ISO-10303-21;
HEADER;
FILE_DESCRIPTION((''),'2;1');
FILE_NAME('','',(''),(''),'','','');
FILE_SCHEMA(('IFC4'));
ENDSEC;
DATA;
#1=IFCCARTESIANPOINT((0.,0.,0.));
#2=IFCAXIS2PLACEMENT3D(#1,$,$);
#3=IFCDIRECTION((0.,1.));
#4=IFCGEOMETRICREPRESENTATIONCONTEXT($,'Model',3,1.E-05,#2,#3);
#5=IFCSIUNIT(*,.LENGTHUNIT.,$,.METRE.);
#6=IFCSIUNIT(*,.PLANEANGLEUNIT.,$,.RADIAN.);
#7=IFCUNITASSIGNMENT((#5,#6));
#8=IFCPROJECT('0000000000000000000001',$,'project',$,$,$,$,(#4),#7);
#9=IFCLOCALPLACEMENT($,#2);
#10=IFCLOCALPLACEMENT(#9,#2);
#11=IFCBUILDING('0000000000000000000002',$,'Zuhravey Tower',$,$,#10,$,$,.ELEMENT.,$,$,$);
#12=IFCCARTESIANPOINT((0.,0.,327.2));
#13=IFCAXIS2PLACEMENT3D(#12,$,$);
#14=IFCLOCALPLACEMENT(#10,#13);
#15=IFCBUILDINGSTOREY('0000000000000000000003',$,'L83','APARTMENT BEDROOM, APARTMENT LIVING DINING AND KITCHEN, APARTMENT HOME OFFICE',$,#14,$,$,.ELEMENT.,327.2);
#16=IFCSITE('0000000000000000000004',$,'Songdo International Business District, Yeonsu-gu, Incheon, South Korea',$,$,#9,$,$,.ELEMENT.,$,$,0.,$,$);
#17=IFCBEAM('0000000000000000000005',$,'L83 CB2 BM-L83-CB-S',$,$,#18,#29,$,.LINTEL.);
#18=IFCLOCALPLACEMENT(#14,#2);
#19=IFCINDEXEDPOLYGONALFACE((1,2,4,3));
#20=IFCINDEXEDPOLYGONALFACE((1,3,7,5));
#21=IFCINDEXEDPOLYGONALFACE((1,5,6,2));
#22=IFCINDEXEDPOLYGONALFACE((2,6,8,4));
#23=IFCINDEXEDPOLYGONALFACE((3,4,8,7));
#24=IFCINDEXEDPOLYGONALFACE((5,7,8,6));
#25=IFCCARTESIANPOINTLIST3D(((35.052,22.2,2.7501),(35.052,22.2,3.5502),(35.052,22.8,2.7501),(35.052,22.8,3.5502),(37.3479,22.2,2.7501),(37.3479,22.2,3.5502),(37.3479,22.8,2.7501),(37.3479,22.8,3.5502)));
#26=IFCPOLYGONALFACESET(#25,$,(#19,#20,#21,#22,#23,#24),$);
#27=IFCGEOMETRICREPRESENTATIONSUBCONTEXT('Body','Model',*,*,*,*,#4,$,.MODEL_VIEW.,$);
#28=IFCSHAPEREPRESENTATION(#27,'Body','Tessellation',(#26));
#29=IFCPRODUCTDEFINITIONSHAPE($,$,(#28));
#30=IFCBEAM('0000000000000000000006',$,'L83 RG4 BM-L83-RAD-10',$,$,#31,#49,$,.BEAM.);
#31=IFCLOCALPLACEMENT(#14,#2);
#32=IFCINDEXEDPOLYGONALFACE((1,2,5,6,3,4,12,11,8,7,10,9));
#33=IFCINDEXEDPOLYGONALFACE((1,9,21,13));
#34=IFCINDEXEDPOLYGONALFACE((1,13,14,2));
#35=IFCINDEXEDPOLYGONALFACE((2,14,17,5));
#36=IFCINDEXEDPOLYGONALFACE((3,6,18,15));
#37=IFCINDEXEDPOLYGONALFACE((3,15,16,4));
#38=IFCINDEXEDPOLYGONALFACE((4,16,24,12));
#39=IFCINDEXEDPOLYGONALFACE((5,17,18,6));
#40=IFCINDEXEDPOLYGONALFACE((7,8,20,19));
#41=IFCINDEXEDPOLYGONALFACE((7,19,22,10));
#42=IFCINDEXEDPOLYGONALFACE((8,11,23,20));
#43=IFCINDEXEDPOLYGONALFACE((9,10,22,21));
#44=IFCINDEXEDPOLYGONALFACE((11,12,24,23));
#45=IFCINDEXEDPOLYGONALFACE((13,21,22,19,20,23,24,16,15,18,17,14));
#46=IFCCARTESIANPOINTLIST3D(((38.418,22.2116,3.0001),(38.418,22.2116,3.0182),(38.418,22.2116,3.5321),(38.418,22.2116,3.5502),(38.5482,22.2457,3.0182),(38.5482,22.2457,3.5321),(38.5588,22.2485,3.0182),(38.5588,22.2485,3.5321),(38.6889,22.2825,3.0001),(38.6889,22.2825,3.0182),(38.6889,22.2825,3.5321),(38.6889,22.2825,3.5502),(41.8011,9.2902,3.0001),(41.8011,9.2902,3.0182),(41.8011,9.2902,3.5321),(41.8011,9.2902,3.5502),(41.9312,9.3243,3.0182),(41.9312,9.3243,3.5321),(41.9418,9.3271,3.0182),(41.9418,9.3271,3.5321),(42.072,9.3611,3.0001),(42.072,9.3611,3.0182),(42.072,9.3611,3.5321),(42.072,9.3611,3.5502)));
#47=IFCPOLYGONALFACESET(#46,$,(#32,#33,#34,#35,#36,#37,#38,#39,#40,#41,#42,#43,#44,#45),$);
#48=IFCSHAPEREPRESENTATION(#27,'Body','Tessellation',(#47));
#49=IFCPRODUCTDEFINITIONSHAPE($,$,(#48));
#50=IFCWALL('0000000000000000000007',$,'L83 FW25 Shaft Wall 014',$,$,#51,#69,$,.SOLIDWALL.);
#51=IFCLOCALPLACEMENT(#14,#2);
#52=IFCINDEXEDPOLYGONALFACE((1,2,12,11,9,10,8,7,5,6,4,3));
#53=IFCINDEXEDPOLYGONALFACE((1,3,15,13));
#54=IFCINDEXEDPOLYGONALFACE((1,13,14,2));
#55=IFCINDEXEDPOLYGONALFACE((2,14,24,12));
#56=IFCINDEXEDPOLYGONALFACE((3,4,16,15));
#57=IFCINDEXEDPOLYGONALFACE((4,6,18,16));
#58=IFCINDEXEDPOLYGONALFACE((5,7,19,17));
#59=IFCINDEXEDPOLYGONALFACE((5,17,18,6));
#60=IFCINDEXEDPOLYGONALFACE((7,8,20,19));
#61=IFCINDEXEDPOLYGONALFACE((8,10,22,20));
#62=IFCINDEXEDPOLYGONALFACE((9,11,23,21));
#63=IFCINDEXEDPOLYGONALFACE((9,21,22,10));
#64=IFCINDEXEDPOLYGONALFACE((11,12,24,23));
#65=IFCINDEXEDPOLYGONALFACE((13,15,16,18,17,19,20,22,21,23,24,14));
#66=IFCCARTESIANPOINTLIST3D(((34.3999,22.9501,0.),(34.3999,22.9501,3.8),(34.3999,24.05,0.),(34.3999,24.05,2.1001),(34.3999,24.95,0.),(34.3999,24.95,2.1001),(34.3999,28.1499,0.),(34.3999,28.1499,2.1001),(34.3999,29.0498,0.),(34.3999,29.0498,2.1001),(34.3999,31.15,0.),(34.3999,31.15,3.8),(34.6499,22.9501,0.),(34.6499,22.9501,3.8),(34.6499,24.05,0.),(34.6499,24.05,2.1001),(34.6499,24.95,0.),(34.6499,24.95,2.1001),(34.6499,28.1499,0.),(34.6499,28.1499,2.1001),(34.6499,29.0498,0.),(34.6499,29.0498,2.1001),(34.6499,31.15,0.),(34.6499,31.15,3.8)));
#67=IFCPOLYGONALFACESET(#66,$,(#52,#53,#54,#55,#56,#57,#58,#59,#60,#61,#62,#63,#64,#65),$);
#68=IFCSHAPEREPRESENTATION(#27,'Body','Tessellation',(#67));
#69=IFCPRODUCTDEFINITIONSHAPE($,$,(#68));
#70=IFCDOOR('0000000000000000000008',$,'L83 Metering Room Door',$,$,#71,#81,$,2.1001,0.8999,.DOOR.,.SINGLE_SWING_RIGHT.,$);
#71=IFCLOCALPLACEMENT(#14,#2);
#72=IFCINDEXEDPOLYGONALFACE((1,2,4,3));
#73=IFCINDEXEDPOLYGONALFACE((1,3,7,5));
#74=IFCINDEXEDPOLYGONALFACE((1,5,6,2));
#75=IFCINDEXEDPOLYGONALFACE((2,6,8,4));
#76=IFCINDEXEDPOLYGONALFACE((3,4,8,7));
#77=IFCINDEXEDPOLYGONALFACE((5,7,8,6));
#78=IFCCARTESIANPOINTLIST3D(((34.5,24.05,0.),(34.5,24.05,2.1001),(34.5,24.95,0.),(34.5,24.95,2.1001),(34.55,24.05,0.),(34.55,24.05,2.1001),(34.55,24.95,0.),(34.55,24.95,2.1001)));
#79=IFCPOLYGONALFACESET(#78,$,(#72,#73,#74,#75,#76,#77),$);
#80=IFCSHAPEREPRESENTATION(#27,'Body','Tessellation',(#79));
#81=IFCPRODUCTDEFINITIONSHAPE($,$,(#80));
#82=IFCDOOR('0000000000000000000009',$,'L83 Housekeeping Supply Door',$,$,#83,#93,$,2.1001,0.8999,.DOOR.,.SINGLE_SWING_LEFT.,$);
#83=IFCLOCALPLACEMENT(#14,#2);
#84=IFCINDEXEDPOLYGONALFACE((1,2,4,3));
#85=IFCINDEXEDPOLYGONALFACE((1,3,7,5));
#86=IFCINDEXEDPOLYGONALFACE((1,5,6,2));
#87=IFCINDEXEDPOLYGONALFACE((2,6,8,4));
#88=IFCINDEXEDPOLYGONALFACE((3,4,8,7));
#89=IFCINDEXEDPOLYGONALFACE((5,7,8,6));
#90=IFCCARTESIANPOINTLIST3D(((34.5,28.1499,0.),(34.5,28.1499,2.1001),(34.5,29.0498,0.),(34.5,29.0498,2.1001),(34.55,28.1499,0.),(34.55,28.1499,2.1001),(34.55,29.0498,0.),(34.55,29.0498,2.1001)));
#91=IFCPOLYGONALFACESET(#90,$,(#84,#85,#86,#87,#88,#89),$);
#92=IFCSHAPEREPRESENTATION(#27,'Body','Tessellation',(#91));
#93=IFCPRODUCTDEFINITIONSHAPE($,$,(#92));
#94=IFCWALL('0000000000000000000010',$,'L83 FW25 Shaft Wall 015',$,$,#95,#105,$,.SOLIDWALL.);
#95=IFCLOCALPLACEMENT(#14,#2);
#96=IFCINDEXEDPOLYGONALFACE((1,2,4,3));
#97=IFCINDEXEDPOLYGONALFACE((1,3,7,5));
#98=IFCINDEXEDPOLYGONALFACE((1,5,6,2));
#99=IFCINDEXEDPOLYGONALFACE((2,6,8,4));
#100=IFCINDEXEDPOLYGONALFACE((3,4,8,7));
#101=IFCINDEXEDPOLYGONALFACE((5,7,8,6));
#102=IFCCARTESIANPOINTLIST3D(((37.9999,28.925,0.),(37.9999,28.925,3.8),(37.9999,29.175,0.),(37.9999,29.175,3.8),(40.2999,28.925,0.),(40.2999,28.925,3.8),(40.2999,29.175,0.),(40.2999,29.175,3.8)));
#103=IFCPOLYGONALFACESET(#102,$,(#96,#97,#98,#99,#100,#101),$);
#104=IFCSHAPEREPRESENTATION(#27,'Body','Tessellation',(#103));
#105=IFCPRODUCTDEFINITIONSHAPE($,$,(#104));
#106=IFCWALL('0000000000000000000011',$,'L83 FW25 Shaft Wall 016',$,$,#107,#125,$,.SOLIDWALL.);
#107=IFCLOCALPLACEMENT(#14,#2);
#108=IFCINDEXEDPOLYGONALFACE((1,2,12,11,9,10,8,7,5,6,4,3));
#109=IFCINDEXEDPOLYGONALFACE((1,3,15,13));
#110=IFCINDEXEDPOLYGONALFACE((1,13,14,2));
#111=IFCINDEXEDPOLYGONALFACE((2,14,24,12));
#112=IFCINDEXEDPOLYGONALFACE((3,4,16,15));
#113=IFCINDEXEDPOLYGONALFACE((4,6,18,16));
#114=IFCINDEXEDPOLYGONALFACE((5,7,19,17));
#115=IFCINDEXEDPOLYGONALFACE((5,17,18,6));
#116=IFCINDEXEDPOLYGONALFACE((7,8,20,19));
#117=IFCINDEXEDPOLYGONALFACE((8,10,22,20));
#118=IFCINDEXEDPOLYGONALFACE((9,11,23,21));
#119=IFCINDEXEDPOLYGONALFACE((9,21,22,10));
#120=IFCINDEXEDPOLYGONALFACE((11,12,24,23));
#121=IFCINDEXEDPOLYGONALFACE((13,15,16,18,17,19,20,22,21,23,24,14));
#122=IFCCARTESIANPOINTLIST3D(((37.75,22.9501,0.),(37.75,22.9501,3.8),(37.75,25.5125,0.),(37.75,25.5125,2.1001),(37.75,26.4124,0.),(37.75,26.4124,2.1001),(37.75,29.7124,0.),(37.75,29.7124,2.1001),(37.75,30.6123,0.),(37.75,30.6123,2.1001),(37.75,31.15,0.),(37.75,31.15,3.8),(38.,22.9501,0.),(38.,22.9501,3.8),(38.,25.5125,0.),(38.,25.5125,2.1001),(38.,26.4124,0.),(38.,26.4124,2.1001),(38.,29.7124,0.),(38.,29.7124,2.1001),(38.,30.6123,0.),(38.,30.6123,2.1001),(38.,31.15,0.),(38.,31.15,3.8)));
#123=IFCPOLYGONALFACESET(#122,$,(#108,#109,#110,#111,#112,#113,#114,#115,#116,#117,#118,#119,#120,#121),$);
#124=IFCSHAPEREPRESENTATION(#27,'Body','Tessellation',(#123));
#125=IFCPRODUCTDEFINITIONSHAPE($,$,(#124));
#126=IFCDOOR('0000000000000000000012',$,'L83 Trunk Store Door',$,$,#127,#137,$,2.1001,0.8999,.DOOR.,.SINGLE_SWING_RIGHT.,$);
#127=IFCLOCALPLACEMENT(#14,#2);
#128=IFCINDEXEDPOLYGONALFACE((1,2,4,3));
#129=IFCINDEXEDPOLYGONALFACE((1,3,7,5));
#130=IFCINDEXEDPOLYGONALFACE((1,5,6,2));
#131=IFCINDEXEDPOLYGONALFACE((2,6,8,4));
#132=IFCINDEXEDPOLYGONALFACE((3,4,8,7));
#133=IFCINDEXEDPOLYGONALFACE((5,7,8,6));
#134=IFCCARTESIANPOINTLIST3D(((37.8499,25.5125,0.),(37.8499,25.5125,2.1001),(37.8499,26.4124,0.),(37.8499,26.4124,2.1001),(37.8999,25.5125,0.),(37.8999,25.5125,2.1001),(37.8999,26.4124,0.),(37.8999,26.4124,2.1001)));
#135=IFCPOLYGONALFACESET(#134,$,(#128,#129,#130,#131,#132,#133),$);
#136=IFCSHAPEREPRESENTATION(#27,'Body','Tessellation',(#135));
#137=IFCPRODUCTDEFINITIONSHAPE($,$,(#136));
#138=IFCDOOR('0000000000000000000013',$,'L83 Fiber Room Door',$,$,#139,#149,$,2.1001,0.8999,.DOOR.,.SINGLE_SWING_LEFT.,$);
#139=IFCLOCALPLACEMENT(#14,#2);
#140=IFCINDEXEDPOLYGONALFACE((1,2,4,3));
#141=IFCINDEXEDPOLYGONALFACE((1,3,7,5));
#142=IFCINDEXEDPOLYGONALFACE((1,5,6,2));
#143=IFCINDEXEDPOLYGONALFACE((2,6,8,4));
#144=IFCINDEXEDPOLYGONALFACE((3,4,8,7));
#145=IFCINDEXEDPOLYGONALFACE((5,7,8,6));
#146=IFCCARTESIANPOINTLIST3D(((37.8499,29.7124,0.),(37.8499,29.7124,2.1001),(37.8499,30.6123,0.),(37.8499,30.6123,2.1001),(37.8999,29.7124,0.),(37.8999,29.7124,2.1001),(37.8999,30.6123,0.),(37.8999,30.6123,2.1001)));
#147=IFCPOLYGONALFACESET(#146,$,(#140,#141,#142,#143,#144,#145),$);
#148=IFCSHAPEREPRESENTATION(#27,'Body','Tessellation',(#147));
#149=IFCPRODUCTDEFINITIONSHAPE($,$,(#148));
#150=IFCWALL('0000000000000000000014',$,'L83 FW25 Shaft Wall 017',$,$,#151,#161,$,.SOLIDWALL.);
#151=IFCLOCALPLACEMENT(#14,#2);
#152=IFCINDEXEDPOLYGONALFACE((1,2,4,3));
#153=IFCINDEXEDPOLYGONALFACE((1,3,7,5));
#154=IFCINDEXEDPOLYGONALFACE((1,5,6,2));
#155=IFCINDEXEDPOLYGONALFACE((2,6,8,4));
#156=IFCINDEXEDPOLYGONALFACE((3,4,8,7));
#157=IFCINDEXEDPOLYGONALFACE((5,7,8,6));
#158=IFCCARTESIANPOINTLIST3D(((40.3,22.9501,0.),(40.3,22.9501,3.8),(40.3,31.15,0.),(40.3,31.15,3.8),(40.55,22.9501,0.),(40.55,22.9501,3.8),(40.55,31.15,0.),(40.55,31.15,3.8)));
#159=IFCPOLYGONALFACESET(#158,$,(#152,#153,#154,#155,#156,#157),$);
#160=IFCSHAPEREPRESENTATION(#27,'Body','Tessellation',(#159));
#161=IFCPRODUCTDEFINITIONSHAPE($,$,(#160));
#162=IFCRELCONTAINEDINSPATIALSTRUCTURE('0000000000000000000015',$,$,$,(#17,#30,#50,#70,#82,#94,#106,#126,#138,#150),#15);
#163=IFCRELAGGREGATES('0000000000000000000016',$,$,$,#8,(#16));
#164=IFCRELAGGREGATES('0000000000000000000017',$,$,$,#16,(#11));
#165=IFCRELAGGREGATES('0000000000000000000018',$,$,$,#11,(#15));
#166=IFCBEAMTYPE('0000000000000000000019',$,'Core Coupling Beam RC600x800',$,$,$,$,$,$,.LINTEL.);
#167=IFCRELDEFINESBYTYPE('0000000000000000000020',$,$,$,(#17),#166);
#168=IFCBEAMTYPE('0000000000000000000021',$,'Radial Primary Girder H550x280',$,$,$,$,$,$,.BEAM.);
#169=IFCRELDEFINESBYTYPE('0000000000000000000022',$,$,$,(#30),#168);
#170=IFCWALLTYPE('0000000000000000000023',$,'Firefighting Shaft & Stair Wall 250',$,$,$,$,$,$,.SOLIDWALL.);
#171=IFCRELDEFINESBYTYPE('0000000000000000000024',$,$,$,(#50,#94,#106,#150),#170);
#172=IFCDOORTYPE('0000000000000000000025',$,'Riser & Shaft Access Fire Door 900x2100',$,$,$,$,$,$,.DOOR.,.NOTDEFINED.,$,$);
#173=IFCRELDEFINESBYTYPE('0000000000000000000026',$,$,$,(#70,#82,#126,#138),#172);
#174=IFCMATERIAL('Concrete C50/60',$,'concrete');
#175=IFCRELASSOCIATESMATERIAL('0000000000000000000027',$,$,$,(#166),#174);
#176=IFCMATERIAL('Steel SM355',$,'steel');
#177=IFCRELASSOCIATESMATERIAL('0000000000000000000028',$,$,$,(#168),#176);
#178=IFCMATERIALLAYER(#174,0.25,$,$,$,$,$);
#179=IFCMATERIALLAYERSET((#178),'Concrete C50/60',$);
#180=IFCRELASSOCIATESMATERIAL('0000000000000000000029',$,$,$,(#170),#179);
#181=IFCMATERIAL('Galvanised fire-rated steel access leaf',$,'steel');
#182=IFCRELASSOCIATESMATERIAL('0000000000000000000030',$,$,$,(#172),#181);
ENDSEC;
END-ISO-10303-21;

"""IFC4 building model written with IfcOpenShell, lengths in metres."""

from ifc_helpers import new_model, si_unit, direction, frame, frame_2d, origin, origin_2d, place, context, subcontext, project, spatial, rectangle, i_section, extrude, material, layer, layer_set, material_profile, profile_set, type_object, element, fill, save


model = new_model("IFC4")

# Units and contexts
model_context = context("Model", 3, precision=1e-05, world=origin(), true_north=direction((0.0, 1.0)))
body_context = subcontext(model_context, "Body", "Model", "MODEL_VIEW")
ifc_project = project(units=[si_unit("LENGTHUNIT", "METRE"), si_unit("PLANEANGLEUNIT", "RADIAN")], contexts=[model_context])

# Site, building, storey
site_placement = place(None, origin())
site = spatial("IfcSite", under=ifc_project, at=site_placement, Name="Songdo International Business District, Yeonsu-gu, Incheon, South Korea", CompositionType="ELEMENT", RefElevation=0.0)
building_placement = place(site_placement, origin())
building = spatial("IfcBuilding", under=site, at=building_placement, Name="Zuhravey Tower", CompositionType="ELEMENT")
storey_placement = place(building_placement, frame((0.0, 0.0, 327.2)))
storey = spatial("IfcBuildingStorey", under=building, at=storey_placement, Name="L83", Description="APARTMENT BEDROOM, APARTMENT LIVING DINING AND KITCHEN, APARTMENT HOME OFFICE", CompositionType="ELEMENT", Elevation=327.2)

# Beams
ifc_material_1 = material(Name="Concrete C50/60", Category="concrete")
ifc_material_profile_1 = material_profile(ifc_material_1, rectangle(XDim=0.6001, YDim=0.8, at=origin_2d()), Name="RC-600x800")
ifc_profile_set_1 = profile_set([ifc_material_profile_1], Name="Concrete C50/60")
beam_type_1 = type_object("IfcBeamType", Name="Core Coupling Beam RC600x800", PredefinedType="LINTEL", material=ifc_profile_set_1)
beam_1_placement = place(storey_placement, frame((35.052, 22.5, 3.1501), z_axis=(1.0, 0.0, 0.0), x_axis=(0.0, 1.0, 0.0)))
element("IfcBeam", 1, at=beam_1_placement, inside=storey, type_object=beam_type_1, Name="L83 CB2 BM-L83-CB-S", PredefinedType="LINTEL", context=body_context, shape_type="SweptSolid", body=[
    extrude(rectangle(XDim=0.6001, YDim=0.8, at=origin_2d()), origin(), (0.0, 0.0, 1.0), 2.2959),
])
ifc_material_2 = material(Name="Steel SM355", Category="steel")
ifc_material_profile_2 = material_profile(ifc_material_2, i_section(OverallWidth=0.28, OverallDepth=0.55, WebThickness=0.011, FlangeThickness=0.0181, at=origin_2d()), Name="H-550x280x11x18")
ifc_profile_set_2 = profile_set([ifc_material_profile_2], Name="Steel SM355")
beam_type_2 = type_object("IfcBeamType", Name="Radial Primary Girder H550x280", PredefinedType="BEAM", material=ifc_profile_set_2)
beam_2_placement = place(storey_placement, frame((38.5535, 22.2471, 3.2751), z_axis=(0.253281, -0.967393, 0.0), x_axis=(0.967393, 0.253281, 0.0)))
element("IfcBeam", 2, at=beam_2_placement, inside=storey, type_object=beam_type_2, Name="L83 RG4 BM-L83-RAD-10", PredefinedType="BEAM", context=body_context, shape_type="SweptSolid", body=[
    extrude(i_section(OverallWidth=0.28, OverallDepth=0.55, WebThickness=0.011, FlangeThickness=0.0181, at=origin_2d()), origin(), (0.0, 0.0, 1.0), 13.3569),
])

# Shared definitions
ifc_layer_1 = layer(ifc_material_1, 0.25)
ifc_layer_set_1 = layer_set([ifc_layer_1], Name="Concrete C50/60")
wall_type_1 = type_object("IfcWallType", Name="Firefighting Shaft & Stair Wall 250", PredefinedType="SOLIDWALL", material=ifc_layer_set_1)

# Wall, openings, doors
wall_1_placement = place(storey_placement, frame((34.5249, 22.95, 0.0), z_axis=(0.0, 0.0, 1.0), x_axis=(0.0, 1.0, 0.0)))
wall_1 = element("IfcWall", 3, at=wall_1_placement, inside=storey, type_object=wall_type_1, Name="L83 FW25 Shaft Wall 014", PredefinedType="SOLIDWALL", context=body_context, shape_type="SweptSolid", body=[
    extrude(rectangle(XDim=8.2, YDim=0.25, at=frame_2d((4.1001, 0.0))), origin(), (0.0, 0.0, 1.0), 3.8),
])
opening_1_placement = place(wall_1_placement, frame((1.1001, 0.0, 0.0)))
opening_1 = element("IfcOpeningElement", 4, at=opening_1_placement, cuts=wall_1, PredefinedType="OPENING", context=body_context, shape_type="SweptSolid", body=[
    extrude(rectangle(XDim=0.8999, YDim=2.1001, at=frame_2d((0.45, 1.05))), frame((0.0, 0.137, 0.0), z_axis=(0.0, -1.0, 0.0), x_axis=(1.0, 0.0, 0.0)), (0.0, 0.0, 1.0), 0.2739),
])
opening_2_placement = place(wall_1_placement, frame((5.2, 0.0, 0.0)))
opening_2 = element("IfcOpeningElement", 5, at=opening_2_placement, cuts=wall_1, PredefinedType="OPENING", context=body_context, shape_type="SweptSolid", body=[
    extrude(rectangle(XDim=0.8999, YDim=2.1001, at=frame_2d((0.45, 1.05))), frame((0.0, 0.137, 0.0), z_axis=(0.0, -1.0, 0.0), x_axis=(1.0, 0.0, 0.0)), (0.0, 0.0, 1.0), 0.2739),
])
ifc_material_3 = material(Name="Galvanised fire-rated steel access leaf", Category="steel")
door_type_1 = type_object("IfcDoorType", Name="Riser & Shaft Access Fire Door 900x2100", OperationType="NOTDEFINED", PredefinedType="DOOR", material=ifc_material_3)
door_1_placement = place(opening_1_placement, origin())
door_1 = element("IfcDoor", 6, at=door_1_placement, inside=storey, type_object=door_type_1, Name="L83 Metering Room Door", OperationType="SINGLE_SWING_RIGHT", OverallHeight=2.1001, OverallWidth=0.8999, PredefinedType="DOOR", context=body_context, shape_type="SweptSolid", body=[
    extrude(rectangle(XDim=0.8999, YDim=2.1001, at=frame_2d((0.45, 1.05))), frame((0.0, 0.0249, 0.0), z_axis=(0.0, -1.0, 0.0), x_axis=(1.0, 0.0, 0.0)), (0.0, 0.0, 1.0), 0.05),
])
fill(opening_1, door_1)
door_2_placement = place(opening_2_placement, origin())
door_2 = element("IfcDoor", 7, at=door_2_placement, inside=storey, type_object=door_type_1, Name="L83 Housekeeping Supply Door", OperationType="SINGLE_SWING_LEFT", OverallHeight=2.1001, OverallWidth=0.8999, PredefinedType="DOOR", context=body_context, shape_type="SweptSolid", body=[
    extrude(rectangle(XDim=0.8999, YDim=2.1001, at=frame_2d((0.45, 1.05))), frame((0.0, 0.0249, 0.0), z_axis=(0.0, -1.0, 0.0), x_axis=(1.0, 0.0, 0.0)), (0.0, 0.0, 1.0), 0.05),
])
fill(opening_2, door_2)

# Wall
wall_2_placement = place(storey_placement, frame((38.0, 29.05, 0.0), z_axis=(0.0, 0.0, 1.0), x_axis=(1.0, 0.0, 0.0)))
element("IfcWall", 8, at=wall_2_placement, inside=storey, type_object=wall_type_1, Name="L83 FW25 Shaft Wall 015", PredefinedType="SOLIDWALL", context=body_context, shape_type="SweptSolid", body=[
    extrude(rectangle(XDim=2.3, YDim=0.25, at=frame_2d((1.1499, 0.0))), origin(), (0.0, 0.0, 1.0), 3.8),
])

# Wall, openings, doors
wall_3_placement = place(storey_placement, frame((37.875, 22.95, 0.0), z_axis=(0.0, 0.0, 1.0), x_axis=(0.0, 1.0, 0.0)))
wall_3 = element("IfcWall", 9, at=wall_3_placement, inside=storey, type_object=wall_type_1, Name="L83 FW25 Shaft Wall 016", PredefinedType="SOLIDWALL", context=body_context, shape_type="SweptSolid", body=[
    extrude(rectangle(XDim=8.2, YDim=0.25, at=frame_2d((4.1001, 0.0))), origin(), (0.0, 0.0, 1.0), 3.8),
])
opening_3_placement = place(wall_3_placement, frame((2.5625, 0.0, 0.0)))
opening_3 = element("IfcOpeningElement", 10, at=opening_3_placement, cuts=wall_3, PredefinedType="OPENING", context=body_context, shape_type="SweptSolid", body=[
    extrude(rectangle(XDim=0.8999, YDim=2.1001, at=frame_2d((0.45, 1.05))), frame((0.0, 0.137, 0.0), z_axis=(0.0, -1.0, 0.0), x_axis=(1.0, 0.0, 0.0)), (0.0, 0.0, 1.0), 0.2739),
])
opening_4_placement = place(wall_3_placement, frame((6.7625, 0.0, 0.0)))
opening_4 = element("IfcOpeningElement", 11, at=opening_4_placement, cuts=wall_3, PredefinedType="OPENING", context=body_context, shape_type="SweptSolid", body=[
    extrude(rectangle(XDim=0.8999, YDim=2.1001, at=frame_2d((0.45, 1.05))), frame((0.0, 0.137, 0.0), z_axis=(0.0, -1.0, 0.0), x_axis=(1.0, 0.0, 0.0)), (0.0, 0.0, 1.0), 0.2739),
])
door_3_placement = place(opening_3_placement, frame((0.8999, 0.0, 0.0), z_axis=(0.0, 0.0, 1.0), x_axis=(-1.0, 0.0, 0.0)))
door_3 = element("IfcDoor", 12, at=door_3_placement, inside=storey, type_object=door_type_1, Name="L83 Trunk Store Door", OperationType="SINGLE_SWING_RIGHT", OverallHeight=2.1001, OverallWidth=0.8999, PredefinedType="DOOR", context=body_context, shape_type="SweptSolid", body=[
    extrude(rectangle(XDim=0.8999, YDim=2.1001, at=frame_2d((0.45, 1.05))), frame((0.0, 0.0249, 0.0), z_axis=(0.0, -1.0, 0.0), x_axis=(1.0, 0.0, 0.0)), (0.0, 0.0, 1.0), 0.05),
])
fill(opening_3, door_3)
door_4_placement = place(opening_4_placement, frame((0.8999, 0.0, 0.0), z_axis=(0.0, 0.0, 1.0), x_axis=(-1.0, 0.0, 0.0)))
door_4 = element("IfcDoor", 13, at=door_4_placement, inside=storey, type_object=door_type_1, Name="L83 Fiber Room Door", OperationType="SINGLE_SWING_LEFT", OverallHeight=2.1001, OverallWidth=0.8999, PredefinedType="DOOR", context=body_context, shape_type="SweptSolid", body=[
    extrude(rectangle(XDim=0.8999, YDim=2.1001, at=frame_2d((0.45, 1.05))), frame((0.0, 0.0249, 0.0), z_axis=(0.0, -1.0, 0.0), x_axis=(1.0, 0.0, 0.0)), (0.0, 0.0, 1.0), 0.05),
])
fill(opening_4, door_4)

# Wall
wall_4_placement = place(storey_placement, frame((40.425, 22.95, 0.0), z_axis=(0.0, 0.0, 1.0), x_axis=(0.0, 1.0, 0.0)))
element("IfcWall", 14, at=wall_4_placement, inside=storey, type_object=wall_type_1, Name="L83 FW25 Shaft Wall 017", PredefinedType="SOLIDWALL", context=body_context, shape_type="SweptSolid", body=[
    extrude(rectangle(XDim=8.2, YDim=0.25, at=frame_2d((4.1001, 0.0))), origin(), (0.0, 0.0, 1.0), 3.8),
])

save(model, "model.ifc")
